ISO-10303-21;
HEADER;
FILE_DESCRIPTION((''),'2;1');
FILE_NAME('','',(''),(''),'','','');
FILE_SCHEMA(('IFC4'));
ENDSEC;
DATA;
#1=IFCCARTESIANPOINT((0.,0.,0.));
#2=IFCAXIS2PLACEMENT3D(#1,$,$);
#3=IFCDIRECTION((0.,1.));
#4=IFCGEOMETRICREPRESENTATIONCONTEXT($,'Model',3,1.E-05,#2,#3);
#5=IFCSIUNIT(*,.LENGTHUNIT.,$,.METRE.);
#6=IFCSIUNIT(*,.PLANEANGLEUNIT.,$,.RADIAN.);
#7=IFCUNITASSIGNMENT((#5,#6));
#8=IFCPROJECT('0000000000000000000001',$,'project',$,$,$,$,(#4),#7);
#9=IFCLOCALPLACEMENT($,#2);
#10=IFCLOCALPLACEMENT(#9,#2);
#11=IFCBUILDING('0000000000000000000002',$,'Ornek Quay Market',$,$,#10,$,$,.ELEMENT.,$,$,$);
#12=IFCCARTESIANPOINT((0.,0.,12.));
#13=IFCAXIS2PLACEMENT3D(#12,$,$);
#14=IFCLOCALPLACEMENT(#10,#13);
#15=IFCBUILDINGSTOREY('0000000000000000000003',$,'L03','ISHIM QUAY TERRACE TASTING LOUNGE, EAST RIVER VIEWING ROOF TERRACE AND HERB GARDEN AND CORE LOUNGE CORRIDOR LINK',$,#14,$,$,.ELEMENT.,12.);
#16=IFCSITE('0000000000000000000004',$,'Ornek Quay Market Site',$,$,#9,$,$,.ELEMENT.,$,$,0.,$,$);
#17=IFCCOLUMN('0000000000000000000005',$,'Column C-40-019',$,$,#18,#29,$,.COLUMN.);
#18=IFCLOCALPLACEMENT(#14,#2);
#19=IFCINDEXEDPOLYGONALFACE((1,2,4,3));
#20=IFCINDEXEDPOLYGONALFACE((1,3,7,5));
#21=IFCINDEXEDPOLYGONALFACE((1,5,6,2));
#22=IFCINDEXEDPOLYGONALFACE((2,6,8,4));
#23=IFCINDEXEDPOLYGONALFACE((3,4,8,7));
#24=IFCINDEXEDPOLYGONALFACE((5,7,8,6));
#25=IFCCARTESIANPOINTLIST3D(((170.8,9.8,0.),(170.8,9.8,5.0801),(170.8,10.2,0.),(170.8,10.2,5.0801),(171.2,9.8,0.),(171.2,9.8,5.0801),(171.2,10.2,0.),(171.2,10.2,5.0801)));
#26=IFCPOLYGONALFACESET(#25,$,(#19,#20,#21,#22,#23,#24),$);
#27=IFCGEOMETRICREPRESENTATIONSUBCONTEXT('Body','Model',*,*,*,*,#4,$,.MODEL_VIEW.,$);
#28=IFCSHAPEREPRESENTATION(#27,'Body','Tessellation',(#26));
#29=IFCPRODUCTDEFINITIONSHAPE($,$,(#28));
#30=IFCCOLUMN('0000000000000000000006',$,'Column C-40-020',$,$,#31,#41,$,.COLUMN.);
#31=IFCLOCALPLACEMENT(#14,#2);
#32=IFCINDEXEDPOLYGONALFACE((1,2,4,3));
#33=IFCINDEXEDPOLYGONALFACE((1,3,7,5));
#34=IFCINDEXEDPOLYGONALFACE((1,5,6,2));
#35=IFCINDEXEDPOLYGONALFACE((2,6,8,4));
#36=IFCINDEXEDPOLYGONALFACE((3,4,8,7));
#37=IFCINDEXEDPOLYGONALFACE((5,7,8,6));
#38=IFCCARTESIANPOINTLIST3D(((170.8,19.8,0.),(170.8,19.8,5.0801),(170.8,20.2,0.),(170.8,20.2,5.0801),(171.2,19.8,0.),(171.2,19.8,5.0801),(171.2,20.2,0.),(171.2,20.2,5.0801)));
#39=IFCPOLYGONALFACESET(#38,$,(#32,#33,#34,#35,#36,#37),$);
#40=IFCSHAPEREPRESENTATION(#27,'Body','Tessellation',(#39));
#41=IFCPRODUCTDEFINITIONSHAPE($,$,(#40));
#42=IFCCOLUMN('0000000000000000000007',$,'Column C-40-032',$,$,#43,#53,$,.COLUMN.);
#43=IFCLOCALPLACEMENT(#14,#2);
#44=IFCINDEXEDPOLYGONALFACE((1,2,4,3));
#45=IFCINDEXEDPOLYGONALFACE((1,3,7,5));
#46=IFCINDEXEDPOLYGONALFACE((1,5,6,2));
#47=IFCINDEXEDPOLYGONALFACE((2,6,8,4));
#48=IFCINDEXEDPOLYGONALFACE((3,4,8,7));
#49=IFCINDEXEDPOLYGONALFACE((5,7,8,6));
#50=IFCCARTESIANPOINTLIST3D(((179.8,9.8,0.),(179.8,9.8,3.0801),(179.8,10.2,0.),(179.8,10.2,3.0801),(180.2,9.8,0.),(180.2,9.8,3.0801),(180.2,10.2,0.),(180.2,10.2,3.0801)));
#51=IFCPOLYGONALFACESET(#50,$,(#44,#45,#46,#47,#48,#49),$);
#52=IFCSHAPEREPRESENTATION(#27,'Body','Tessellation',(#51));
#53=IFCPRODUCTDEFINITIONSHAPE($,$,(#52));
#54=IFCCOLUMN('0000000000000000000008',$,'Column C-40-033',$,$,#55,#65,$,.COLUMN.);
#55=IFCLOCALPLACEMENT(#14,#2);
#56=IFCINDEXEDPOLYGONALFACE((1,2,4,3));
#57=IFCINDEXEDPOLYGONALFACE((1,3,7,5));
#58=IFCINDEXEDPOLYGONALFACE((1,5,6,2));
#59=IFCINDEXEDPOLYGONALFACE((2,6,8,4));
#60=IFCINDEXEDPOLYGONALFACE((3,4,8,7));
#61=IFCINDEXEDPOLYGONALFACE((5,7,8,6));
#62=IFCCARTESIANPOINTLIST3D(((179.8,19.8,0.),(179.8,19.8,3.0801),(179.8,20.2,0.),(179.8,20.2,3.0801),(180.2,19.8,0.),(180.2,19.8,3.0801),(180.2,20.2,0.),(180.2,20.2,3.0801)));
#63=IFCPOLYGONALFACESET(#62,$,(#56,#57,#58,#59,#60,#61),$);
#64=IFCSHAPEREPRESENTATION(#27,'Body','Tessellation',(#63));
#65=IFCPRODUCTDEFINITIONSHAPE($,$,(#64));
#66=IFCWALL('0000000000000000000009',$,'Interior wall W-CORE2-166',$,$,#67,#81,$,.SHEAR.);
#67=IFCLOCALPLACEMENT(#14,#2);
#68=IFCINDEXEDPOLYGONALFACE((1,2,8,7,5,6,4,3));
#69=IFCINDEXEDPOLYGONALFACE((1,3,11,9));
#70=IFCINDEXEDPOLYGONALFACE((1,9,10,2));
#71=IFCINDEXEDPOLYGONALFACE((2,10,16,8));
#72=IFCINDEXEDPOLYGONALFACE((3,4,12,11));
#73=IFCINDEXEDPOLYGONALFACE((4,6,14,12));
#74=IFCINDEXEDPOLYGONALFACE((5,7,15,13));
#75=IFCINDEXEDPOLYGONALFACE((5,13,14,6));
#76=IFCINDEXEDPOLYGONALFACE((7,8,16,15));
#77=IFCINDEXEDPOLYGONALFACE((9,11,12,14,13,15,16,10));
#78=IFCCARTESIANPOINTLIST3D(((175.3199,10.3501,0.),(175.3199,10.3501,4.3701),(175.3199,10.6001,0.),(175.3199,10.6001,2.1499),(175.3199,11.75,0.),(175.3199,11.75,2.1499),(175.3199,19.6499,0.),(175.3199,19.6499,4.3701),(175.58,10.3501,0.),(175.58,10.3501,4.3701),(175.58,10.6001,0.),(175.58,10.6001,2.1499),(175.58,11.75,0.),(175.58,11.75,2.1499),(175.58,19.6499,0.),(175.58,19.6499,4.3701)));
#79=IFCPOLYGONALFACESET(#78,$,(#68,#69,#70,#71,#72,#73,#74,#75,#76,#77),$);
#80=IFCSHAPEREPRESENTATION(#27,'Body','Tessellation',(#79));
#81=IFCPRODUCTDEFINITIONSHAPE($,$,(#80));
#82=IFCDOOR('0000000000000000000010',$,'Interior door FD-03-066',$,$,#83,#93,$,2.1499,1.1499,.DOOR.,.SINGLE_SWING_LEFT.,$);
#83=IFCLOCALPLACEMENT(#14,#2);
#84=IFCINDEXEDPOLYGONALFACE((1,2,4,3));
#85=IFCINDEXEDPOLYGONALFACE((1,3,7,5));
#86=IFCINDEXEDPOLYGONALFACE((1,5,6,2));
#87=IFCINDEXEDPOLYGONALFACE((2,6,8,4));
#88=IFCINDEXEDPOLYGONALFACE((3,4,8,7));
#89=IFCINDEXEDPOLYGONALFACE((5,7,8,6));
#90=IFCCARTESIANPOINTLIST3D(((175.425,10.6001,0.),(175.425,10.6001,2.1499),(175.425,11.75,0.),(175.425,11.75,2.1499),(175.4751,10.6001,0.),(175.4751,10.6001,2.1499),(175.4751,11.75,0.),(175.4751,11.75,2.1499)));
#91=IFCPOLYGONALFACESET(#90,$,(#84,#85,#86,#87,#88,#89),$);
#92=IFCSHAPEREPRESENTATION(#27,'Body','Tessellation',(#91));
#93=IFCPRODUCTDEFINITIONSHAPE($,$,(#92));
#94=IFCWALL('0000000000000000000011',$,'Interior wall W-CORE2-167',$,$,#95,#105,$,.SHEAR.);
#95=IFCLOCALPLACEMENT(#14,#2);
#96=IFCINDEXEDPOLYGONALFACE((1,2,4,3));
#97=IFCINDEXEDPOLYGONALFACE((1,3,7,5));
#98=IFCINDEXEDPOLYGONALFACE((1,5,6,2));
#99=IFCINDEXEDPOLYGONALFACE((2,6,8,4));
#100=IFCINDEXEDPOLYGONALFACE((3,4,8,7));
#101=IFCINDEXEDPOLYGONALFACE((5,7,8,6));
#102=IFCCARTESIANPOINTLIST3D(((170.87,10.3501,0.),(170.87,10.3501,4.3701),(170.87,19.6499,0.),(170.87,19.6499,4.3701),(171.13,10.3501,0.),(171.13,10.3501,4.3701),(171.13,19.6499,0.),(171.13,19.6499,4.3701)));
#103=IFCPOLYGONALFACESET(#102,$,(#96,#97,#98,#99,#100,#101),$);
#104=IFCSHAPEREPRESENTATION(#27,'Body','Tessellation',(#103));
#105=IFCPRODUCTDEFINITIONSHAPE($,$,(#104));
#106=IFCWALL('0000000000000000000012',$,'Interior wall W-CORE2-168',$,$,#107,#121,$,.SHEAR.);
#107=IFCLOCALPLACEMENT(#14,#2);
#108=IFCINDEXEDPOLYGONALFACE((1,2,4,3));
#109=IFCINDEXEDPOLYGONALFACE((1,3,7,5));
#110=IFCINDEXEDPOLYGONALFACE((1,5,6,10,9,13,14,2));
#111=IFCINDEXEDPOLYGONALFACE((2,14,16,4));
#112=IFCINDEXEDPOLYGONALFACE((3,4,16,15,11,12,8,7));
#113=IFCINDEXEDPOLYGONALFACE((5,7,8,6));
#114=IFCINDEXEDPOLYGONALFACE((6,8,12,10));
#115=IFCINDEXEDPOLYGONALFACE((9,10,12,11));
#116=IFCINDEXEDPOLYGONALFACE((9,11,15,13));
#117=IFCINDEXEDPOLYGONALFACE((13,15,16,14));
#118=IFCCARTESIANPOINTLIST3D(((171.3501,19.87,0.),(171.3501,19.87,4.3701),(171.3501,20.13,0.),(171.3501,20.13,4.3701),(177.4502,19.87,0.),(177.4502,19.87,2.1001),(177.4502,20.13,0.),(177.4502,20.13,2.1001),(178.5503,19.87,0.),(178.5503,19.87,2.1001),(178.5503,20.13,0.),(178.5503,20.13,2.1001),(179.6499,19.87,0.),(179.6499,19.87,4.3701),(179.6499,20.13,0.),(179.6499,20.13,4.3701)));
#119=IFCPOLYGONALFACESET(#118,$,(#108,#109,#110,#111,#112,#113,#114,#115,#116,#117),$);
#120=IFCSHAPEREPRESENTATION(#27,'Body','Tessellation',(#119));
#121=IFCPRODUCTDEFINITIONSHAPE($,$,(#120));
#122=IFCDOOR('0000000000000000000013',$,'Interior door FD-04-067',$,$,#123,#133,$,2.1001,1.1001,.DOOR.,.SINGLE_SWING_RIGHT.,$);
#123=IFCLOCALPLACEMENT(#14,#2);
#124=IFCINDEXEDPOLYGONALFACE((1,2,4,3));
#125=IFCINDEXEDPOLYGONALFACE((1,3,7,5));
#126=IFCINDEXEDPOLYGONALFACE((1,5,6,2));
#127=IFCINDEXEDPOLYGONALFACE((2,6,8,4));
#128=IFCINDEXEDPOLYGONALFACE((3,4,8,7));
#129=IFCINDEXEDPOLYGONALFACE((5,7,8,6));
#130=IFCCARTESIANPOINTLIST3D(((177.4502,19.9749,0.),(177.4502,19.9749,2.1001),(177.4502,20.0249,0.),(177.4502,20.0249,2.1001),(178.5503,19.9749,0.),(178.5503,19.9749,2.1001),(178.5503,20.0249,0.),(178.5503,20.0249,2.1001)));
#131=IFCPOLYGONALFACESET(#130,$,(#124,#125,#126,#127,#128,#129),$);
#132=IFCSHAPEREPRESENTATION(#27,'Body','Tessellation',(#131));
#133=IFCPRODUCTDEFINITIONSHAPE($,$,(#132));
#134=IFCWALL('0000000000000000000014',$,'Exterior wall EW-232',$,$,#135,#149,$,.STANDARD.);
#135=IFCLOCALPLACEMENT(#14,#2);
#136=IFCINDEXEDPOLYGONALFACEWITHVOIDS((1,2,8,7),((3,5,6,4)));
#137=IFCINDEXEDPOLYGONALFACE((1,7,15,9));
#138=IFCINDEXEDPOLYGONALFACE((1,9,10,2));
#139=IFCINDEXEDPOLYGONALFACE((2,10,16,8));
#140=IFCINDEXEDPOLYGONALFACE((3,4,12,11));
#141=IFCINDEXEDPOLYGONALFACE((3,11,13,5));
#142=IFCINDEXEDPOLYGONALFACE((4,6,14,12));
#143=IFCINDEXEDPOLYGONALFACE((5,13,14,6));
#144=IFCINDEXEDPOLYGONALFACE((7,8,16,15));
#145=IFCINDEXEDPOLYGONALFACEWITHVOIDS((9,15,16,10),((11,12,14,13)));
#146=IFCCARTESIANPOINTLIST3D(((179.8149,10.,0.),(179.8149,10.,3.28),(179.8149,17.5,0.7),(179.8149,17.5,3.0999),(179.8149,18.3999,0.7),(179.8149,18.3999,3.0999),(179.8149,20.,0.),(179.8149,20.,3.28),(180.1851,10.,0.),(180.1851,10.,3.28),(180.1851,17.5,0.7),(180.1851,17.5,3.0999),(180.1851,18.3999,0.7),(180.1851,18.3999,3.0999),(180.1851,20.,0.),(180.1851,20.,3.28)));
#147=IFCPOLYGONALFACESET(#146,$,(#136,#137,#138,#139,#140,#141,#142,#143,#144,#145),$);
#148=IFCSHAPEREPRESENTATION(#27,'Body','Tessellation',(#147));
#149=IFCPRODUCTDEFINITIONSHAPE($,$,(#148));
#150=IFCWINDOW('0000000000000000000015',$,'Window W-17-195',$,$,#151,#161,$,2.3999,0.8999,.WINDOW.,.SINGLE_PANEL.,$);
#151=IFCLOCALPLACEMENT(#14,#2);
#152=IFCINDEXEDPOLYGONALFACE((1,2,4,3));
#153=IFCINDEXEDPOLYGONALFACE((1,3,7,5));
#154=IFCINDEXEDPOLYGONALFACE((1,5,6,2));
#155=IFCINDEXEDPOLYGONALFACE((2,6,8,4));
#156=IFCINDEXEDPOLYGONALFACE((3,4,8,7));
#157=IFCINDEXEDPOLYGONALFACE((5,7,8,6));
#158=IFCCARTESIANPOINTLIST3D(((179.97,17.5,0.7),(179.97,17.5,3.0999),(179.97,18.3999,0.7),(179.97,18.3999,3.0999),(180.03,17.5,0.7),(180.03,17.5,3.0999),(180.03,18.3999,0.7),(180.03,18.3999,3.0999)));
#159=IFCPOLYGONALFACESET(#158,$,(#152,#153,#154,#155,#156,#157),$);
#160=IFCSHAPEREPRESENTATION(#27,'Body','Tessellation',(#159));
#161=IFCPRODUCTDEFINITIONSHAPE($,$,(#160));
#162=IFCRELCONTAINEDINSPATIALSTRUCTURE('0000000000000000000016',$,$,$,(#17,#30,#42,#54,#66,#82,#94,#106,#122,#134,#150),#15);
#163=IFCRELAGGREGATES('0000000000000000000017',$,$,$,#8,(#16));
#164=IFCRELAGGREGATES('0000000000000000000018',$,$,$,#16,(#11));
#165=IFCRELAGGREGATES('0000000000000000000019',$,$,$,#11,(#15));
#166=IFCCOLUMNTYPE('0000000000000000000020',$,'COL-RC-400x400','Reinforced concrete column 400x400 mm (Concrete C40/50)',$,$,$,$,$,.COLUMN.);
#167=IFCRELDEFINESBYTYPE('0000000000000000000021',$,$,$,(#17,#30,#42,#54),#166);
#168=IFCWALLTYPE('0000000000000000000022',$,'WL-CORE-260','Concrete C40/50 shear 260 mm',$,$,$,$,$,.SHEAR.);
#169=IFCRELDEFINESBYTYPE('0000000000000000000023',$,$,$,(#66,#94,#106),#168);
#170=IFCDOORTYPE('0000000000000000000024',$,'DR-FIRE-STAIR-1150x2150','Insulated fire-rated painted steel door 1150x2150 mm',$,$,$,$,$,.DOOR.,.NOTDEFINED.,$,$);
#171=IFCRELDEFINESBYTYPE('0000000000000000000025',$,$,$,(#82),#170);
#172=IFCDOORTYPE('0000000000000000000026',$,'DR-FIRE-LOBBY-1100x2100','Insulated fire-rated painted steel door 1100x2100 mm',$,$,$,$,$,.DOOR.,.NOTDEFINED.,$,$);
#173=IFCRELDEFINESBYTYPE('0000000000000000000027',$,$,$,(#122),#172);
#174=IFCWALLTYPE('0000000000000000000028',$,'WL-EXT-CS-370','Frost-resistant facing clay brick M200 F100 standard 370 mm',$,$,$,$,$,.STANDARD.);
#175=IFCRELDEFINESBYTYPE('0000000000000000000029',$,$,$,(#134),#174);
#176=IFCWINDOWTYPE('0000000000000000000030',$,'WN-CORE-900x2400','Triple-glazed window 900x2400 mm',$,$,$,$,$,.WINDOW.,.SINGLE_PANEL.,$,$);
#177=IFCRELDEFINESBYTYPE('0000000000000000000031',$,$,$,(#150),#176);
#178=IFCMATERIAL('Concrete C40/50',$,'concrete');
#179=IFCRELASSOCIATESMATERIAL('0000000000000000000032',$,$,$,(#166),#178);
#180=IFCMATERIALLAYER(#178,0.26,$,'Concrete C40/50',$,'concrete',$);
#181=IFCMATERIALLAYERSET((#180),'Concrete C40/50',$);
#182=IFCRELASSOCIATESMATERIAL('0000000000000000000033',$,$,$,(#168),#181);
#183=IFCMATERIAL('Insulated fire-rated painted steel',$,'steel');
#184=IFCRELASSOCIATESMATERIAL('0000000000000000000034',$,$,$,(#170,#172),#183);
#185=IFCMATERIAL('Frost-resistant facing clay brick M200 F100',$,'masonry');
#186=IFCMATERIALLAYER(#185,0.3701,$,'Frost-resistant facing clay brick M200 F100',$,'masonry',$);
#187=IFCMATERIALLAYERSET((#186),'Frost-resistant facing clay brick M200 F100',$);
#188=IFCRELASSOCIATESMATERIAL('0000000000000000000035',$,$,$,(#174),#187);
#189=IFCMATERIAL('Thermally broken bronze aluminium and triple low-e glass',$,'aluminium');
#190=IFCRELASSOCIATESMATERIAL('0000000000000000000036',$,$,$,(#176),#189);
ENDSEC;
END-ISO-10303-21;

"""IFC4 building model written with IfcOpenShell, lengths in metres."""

from ifc_helpers import new_model, si_unit, direction, frame, frame_2d, origin, origin_2d, place, context, subcontext, project, spatial, rectangle, extrude, material, layer, layer_set, material_profile, profile_set, type_object, element, fill, save


model = new_model("IFC4")

# Units and contexts
model_context = context("Model", 3, precision=1e-05, world=origin(), true_north=direction((0.0, 1.0)))
body_context = subcontext(model_context, "Body", "Model", "MODEL_VIEW")
ifc_project = project(units=[si_unit("LENGTHUNIT", "METRE"), si_unit("PLANEANGLEUNIT", "RADIAN")], contexts=[model_context])

# Site, building, storey
site_placement = place(None, origin())
site = spatial("IfcSite", under=ifc_project, at=site_placement, Name="Ornek Quay Market Site", CompositionType="ELEMENT", RefElevation=0.0)
building_placement = place(site_placement, origin())
building = spatial("IfcBuilding", under=site, at=building_placement, Name="Ornek Quay Market", CompositionType="ELEMENT")
storey_placement = place(building_placement, frame((0.0, 0.0, 12.0)))
storey = spatial("IfcBuildingStorey", under=building, at=storey_placement, Name="L03", Description="ISHIM QUAY TERRACE TASTING LOUNGE, EAST RIVER VIEWING ROOF TERRACE AND HERB GARDEN AND CORE LOUNGE CORRIDOR LINK", CompositionType="ELEMENT", Elevation=12.0)

# Columns
ifc_material_1 = material(Name="Concrete C40/50", Category="concrete")
ifc_material_profile = material_profile(ifc_material_1, rectangle(XDim=0.3999, YDim=0.3999, at=origin_2d()), Name="RC 400x400", Category="concrete")
ifc_profile_set = profile_set([ifc_material_profile], Name="Concrete C40/50")
column_type = type_object("IfcColumnType", Name="COL-RC-400x400", Description="Reinforced concrete column 400x400 mm (Concrete C40/50)", PredefinedType="COLUMN", material=ifc_profile_set)
for number, where, z_axis, x_axis, name in (
    (1, (171.0, 10.0, 0.0), (0.0, 0.0, 1.0), (1.0, 0.0, 0.0), "Column C-40-019"),
    (2, (171.0, 20.0, 0.0), (0.0, 0.0, 1.0), (1.0, 0.0, 0.0), "Column C-40-020"),
):
    element("IfcColumn", number, at=place(storey_placement, frame(where, z_axis=z_axis, x_axis=x_axis)), inside=storey, type_object=column_type, Name=name, PredefinedType="COLUMN", context=body_context, shape_type="SweptSolid", body=[
        extrude(rectangle(XDim=0.3999, YDim=0.3999, at=origin_2d()), origin(), (0.0, 0.0, 1.0), 5.0801),
    ])
for number, where, z_axis, x_axis, name in (
    (3, (180.0, 10.0, 0.0), (0.0, 0.0, 1.0), (1.0, 0.0, 0.0), "Column C-40-032"),
    (4, (180.0, 20.0, 0.0), (0.0, 0.0, 1.0), (1.0, 0.0, 0.0), "Column C-40-033"),
):
    element("IfcColumn", number, at=place(storey_placement, frame(where, z_axis=z_axis, x_axis=x_axis)), inside=storey, type_object=column_type, Name=name, PredefinedType="COLUMN", context=body_context, shape_type="SweptSolid", body=[
        extrude(rectangle(XDim=0.3999, YDim=0.3999, at=origin_2d()), origin(), (0.0, 0.0, 1.0), 3.0801),
    ])

# Wall, opening, door
ifc_layer_1 = layer(ifc_material_1, 0.26, Name="Concrete C40/50", Category="concrete")
ifc_layer_set_1 = layer_set([ifc_layer_1], Name="Concrete C40/50")
wall_type_1 = type_object("IfcWallType", Name="WL-CORE-260", Description="Concrete C40/50 shear 260 mm", PredefinedType="SHEAR", material=ifc_layer_set_1)
wall_1_placement = place(storey_placement, frame((175.45, 10.3501, 0.0), z_axis=(0.0, 0.0, 1.0), x_axis=(0.0, 1.0, 0.0)))
wall_1 = element("IfcWall", 5, at=wall_1_placement, inside=storey, type_object=wall_type_1, Name="Interior wall W-CORE2-166", PredefinedType="SHEAR", context=body_context, shape_type="SweptSolid", body=[
    extrude(rectangle(XDim=9.2998, YDim=0.26, at=frame_2d((4.6499, 0.0))), origin(), (0.0, 0.0, 1.0), 4.3701),
])
opening_1_placement = place(wall_1_placement, frame((0.25, 0.0, 0.0)))
opening_1 = element("IfcOpeningElement", 6, at=opening_1_placement, cuts=wall_1, PredefinedType="OPENING", context=body_context, shape_type="SweptSolid", body=[
    extrude(rectangle(XDim=1.1499, YDim=2.1499, at=frame_2d((0.575, 1.075))), frame((0.0, 0.1399, 0.0), z_axis=(0.0, -1.0, 0.0), x_axis=(1.0, 0.0, 0.0)), (0.0, 0.0, 1.0), 0.28),
])
ifc_material_2 = material(Name="Insulated fire-rated painted steel", Category="steel")
door_type_1 = type_object("IfcDoorType", Name="DR-FIRE-STAIR-1150x2150", Description="Insulated fire-rated painted steel door 1150x2150 mm", OperationType="NOTDEFINED", PredefinedType="DOOR", material=ifc_material_2)
door_1_placement = place(opening_1_placement, origin())
door_1 = element("IfcDoor", 7, at=door_1_placement, inside=storey, type_object=door_type_1, Name="Interior door FD-03-066", OperationType="SINGLE_SWING_LEFT", OverallHeight=2.1499, OverallWidth=1.1499, PredefinedType="DOOR", context=body_context, shape_type="SweptSolid", body=[
    extrude(rectangle(XDim=1.1499, YDim=2.1499, at=frame_2d((0.575, 1.075))), frame((0.0, 0.0249, 0.0), z_axis=(0.0, -1.0, 0.0), x_axis=(1.0, 0.0, 0.0)), (0.0, 0.0, 1.0), 0.05),
])
fill(opening_1, door_1)

# Wall
wall_2_placement = place(storey_placement, frame((171.0, 10.3501, 0.0), z_axis=(0.0, 0.0, 1.0), x_axis=(0.0, 1.0, 0.0)))
element("IfcWall", 8, at=wall_2_placement, inside=storey, type_object=wall_type_1, Name="Interior wall W-CORE2-167", PredefinedType="SHEAR", context=body_context, shape_type="SweptSolid", body=[
    extrude(rectangle(XDim=9.2998, YDim=0.26, at=frame_2d((4.6499, 0.0))), origin(), (0.0, 0.0, 1.0), 4.3701),
])

# Wall, opening, door
wall_3_placement = place(storey_placement, frame((171.3501, 20.0, 0.0), z_axis=(0.0, 0.0, 1.0), x_axis=(1.0, 0.0, 0.0)))
wall_3 = element("IfcWall", 9, at=wall_3_placement, inside=storey, type_object=wall_type_1, Name="Interior wall W-CORE2-168", PredefinedType="SHEAR", context=body_context, shape_type="SweptSolid", body=[
    extrude(rectangle(XDim=8.2998, YDim=0.26, at=frame_2d((4.1499, 0.0))), origin(), (0.0, 0.0, 1.0), 4.3701),
])
opening_2_placement = place(wall_3_placement, frame((6.1001, 0.0, 0.0)))
opening_2 = element("IfcOpeningElement", 10, at=opening_2_placement, cuts=wall_3, PredefinedType="OPENING", context=body_context, shape_type="SweptSolid", body=[
    extrude(rectangle(XDim=1.1001, YDim=2.1001, at=frame_2d((0.55, 1.05))), frame((0.0, 0.1399, 0.0), z_axis=(0.0, -1.0, 0.0), x_axis=(1.0, 0.0, 0.0)), (0.0, 0.0, 1.0), 0.28),
])
door_type_2 = type_object("IfcDoorType", Name="DR-FIRE-LOBBY-1100x2100", Description="Insulated fire-rated painted steel door 1100x2100 mm", OperationType="NOTDEFINED", PredefinedType="DOOR", material=ifc_material_2)
door_2_placement = place(opening_2_placement, origin())
door_2 = element("IfcDoor", 11, at=door_2_placement, inside=storey, type_object=door_type_2, Name="Interior door FD-04-067", OperationType="SINGLE_SWING_RIGHT", OverallHeight=2.1001, OverallWidth=1.1001, PredefinedType="DOOR", context=body_context, shape_type="SweptSolid", body=[
    extrude(rectangle(XDim=1.1001, YDim=2.1001, at=frame_2d((0.55, 1.05))), frame((0.0, 0.0249, 0.0), z_axis=(0.0, -1.0, 0.0), x_axis=(1.0, 0.0, 0.0)), (0.0, 0.0, 1.0), 0.05),
])
fill(opening_2, door_2)

# Wall, opening, window
ifc_material_3 = material(Name="Frost-resistant facing clay brick M200 F100", Category="masonry")
ifc_layer_2 = layer(ifc_material_3, 0.3701, Name="Frost-resistant facing clay brick M200 F100", Category="masonry")
ifc_layer_set_2 = layer_set([ifc_layer_2], Name="Frost-resistant facing clay brick M200 F100")
wall_type_2 = type_object("IfcWallType", Name="WL-EXT-CS-370", Description="Frost-resistant facing clay brick M200 F100 standard 370 mm", PredefinedType="STANDARD", material=ifc_layer_set_2)
wall_4_placement = place(storey_placement, frame((180.0, 20.0, 0.0), z_axis=(0.0, 0.0, 1.0), x_axis=(0.0, -1.0, 0.0)))
wall_4 = element("IfcWall", 12, at=wall_4_placement, inside=storey, type_object=wall_type_2, Name="Exterior wall EW-232", PredefinedType="STANDARD", context=body_context, shape_type="SweptSolid", body=[
    extrude(rectangle(XDim=10.0, YDim=0.3701, at=frame_2d((5.0, 0.0))), origin(), (0.0, 0.0, 1.0), 3.28),
])
opening_3_placement = place(wall_4_placement, frame((1.6001, 0.0, 0.7)))
opening_3 = element("IfcOpeningElement", 13, at=opening_3_placement, cuts=wall_4, PredefinedType="OPENING", context=body_context, shape_type="SweptSolid", body=[
    extrude(rectangle(XDim=0.8999, YDim=2.3999, at=frame_2d((0.45, 1.2))), frame((0.0, 0.1951, 0.0), z_axis=(0.0, -1.0, 0.0), x_axis=(1.0, 0.0, 0.0)), (0.0, 0.0, 1.0), 0.3901),
])
ifc_material_4 = material(Name="Thermally broken bronze aluminium and triple low-e glass", Category="aluminium")
window_type_1 = type_object("IfcWindowType", Name="WN-CORE-900x2400", Description="Triple-glazed window 900x2400 mm", PartitioningType="SINGLE_PANEL", PredefinedType="WINDOW", material=ifc_material_4)
window_1_placement = place(opening_3_placement, origin())
window_1 = element("IfcWindow", 14, at=window_1_placement, inside=storey, type_object=window_type_1, Name="Window W-17-195", OverallHeight=2.3999, OverallWidth=0.8999, PartitioningType="SINGLE_PANEL", PredefinedType="WINDOW", context=body_context, shape_type="SweptSolid", body=[
    extrude(rectangle(XDim=0.8999, YDim=2.3999, at=frame_2d((0.45, 1.2))), frame((0.0, 0.03, 0.0), z_axis=(0.0, -1.0, 0.0), x_axis=(1.0, 0.0, 0.0)), (0.0, 0.0, 1.0), 0.0601),
])
fill(opening_3, window_1)

save(model, "model.ifc")
